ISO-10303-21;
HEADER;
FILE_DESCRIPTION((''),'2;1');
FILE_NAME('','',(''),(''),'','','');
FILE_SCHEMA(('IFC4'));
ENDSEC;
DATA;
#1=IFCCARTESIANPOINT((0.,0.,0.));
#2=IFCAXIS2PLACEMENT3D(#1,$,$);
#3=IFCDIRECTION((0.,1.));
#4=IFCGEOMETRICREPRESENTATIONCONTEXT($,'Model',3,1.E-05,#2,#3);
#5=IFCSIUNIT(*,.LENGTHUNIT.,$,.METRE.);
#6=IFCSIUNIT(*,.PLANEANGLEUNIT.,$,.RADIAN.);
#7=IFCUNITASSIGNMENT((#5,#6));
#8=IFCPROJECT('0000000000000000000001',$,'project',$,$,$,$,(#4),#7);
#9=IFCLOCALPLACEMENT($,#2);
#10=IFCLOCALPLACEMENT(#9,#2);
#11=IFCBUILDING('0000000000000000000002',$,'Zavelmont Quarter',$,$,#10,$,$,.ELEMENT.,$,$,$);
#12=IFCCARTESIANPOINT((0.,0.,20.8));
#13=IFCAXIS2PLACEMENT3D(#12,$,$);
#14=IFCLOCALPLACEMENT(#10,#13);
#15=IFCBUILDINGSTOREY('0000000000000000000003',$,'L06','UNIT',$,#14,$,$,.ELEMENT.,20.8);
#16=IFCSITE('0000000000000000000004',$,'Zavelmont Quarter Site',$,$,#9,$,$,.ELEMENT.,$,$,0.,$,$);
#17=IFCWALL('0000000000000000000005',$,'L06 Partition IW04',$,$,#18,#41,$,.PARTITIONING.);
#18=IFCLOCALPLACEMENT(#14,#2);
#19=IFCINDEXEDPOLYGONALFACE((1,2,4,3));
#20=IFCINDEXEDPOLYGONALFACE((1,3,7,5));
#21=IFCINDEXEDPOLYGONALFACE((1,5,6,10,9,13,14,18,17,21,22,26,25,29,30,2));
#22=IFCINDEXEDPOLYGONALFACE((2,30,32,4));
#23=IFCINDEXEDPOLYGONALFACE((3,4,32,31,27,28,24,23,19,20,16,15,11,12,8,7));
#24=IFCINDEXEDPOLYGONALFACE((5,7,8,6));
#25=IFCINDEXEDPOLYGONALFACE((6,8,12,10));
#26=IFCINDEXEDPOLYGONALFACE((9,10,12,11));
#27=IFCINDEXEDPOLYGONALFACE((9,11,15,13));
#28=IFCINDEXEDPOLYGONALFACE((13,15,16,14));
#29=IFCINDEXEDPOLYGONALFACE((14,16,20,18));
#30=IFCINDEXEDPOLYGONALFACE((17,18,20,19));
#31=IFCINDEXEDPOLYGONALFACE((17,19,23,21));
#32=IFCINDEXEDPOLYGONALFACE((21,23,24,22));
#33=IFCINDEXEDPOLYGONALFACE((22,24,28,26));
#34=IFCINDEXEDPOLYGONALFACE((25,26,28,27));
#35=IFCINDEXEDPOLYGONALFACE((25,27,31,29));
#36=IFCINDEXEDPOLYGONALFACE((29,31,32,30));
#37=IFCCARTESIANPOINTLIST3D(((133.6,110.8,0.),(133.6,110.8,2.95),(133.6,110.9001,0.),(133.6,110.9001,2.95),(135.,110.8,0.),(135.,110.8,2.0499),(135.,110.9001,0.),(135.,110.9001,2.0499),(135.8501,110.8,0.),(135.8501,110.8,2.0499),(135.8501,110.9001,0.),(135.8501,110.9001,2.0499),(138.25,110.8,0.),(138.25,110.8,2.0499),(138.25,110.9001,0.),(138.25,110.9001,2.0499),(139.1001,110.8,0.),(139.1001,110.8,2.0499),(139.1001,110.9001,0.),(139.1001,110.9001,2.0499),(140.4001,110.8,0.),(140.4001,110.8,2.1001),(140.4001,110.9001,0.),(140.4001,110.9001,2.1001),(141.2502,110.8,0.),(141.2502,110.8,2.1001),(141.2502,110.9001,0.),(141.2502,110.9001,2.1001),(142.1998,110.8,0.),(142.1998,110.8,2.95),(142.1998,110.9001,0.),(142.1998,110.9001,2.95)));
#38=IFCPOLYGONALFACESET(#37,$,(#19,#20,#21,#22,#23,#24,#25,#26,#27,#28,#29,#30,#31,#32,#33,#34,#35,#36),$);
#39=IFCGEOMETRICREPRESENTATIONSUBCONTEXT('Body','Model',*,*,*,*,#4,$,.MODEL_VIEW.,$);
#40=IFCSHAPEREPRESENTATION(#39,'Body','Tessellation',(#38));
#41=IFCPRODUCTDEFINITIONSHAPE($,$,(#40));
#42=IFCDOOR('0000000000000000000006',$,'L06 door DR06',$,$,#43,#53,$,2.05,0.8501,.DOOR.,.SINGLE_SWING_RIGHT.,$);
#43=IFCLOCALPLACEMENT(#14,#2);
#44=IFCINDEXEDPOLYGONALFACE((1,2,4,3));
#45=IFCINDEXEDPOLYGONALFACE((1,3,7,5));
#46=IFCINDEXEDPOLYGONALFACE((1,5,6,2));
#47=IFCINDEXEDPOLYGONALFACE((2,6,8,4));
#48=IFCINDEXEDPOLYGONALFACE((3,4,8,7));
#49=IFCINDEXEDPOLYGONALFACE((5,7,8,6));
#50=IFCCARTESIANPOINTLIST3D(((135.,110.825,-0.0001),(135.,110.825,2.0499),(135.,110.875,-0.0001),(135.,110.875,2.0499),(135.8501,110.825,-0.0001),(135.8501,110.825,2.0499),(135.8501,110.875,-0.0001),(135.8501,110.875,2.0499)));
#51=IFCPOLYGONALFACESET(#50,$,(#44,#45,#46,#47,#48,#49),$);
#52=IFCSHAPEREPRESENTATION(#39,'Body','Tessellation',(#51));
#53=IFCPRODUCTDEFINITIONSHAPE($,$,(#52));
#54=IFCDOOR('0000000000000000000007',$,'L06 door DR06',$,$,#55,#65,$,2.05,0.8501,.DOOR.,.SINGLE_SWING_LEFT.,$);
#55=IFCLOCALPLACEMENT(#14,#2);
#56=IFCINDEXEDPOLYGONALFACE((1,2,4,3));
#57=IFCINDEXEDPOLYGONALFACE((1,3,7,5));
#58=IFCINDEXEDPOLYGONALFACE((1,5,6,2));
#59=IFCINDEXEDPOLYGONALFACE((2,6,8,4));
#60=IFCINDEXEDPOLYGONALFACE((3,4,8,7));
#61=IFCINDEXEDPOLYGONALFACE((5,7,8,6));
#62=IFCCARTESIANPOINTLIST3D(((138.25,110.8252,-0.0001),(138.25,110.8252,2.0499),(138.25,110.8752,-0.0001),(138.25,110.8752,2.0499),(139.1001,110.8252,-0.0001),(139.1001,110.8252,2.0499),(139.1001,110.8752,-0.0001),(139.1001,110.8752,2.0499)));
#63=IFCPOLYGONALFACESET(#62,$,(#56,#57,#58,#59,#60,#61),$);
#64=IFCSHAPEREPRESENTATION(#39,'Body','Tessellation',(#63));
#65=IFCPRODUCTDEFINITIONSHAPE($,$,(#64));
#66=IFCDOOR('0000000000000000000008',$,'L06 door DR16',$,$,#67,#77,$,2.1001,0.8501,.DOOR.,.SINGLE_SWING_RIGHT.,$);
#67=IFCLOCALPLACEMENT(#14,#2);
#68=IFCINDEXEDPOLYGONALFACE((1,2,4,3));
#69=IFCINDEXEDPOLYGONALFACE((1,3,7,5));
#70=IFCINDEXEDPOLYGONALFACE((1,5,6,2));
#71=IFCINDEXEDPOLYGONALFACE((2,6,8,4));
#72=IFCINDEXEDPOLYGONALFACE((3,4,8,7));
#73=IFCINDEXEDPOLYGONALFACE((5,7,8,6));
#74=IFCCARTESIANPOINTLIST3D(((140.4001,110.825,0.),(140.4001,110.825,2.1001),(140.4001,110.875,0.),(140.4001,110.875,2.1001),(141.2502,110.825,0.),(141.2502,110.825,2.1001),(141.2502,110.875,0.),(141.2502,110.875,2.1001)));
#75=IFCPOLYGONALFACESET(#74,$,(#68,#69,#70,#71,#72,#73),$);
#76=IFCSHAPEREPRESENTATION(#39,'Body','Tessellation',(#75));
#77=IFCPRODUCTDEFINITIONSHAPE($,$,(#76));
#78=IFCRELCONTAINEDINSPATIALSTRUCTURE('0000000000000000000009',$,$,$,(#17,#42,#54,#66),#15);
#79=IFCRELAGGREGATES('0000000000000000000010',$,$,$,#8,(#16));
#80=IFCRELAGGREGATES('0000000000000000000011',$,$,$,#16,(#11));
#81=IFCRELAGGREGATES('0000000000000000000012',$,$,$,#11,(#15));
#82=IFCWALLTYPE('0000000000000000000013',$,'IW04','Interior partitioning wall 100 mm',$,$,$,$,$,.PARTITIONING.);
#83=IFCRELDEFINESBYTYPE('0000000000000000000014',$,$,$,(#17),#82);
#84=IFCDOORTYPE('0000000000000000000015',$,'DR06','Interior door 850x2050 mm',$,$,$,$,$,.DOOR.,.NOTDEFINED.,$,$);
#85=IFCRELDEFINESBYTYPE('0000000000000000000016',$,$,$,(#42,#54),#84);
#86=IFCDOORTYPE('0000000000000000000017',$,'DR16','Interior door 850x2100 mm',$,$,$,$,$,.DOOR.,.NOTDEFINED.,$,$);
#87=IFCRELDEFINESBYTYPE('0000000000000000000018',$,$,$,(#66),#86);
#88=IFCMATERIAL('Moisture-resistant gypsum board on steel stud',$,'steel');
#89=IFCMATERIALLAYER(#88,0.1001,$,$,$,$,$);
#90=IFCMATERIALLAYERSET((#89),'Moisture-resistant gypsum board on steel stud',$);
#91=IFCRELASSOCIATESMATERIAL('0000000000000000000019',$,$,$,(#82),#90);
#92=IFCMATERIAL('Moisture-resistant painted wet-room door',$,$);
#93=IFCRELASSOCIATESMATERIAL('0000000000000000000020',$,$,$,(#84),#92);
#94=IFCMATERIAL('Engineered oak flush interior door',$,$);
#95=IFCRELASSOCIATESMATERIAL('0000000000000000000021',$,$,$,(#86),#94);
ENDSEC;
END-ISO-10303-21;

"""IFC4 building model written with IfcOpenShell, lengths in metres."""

from ifc_helpers import new_model, si_unit, direction, frame, frame_2d, origin, origin_with_axes, place, context, subcontext, project, spatial, rectangle, extrude, material, layer, layer_set, type_object, element, fill, save


model = new_model("IFC4")

# Units and contexts
model_context = context("Model", 3, precision=1e-05, world=origin(), true_north=direction((0.0, 1.0)))
body_context = subcontext(model_context, "Body", "Model", "MODEL_VIEW")
ifc_project = project(units=[si_unit("LENGTHUNIT", "METRE"), si_unit("PLANEANGLEUNIT", "RADIAN")], contexts=[model_context])

# Site, building, storey
site_placement = place(None, origin())
site = spatial("IfcSite", under=ifc_project, at=site_placement, Name="Zavelmont Quarter Site", CompositionType="ELEMENT", RefElevation=0.0)
building_placement = place(site_placement, origin())
building = spatial("IfcBuilding", under=site, at=building_placement, Name="Zavelmont Quarter", CompositionType="ELEMENT")
storey_placement = place(building_placement, frame((0.0, 0.0, 20.8)))
storey = spatial("IfcBuildingStorey", under=building, at=storey_placement, Name="L06", Description="UNIT", CompositionType="ELEMENT", Elevation=20.8)

# Shared definitions
ifc_material_1 = material(Name="Engineered oak flush interior door")

# Shared definitions
ifc_material_2 = material(Name="Moisture-resistant gypsum board on steel stud", Category="steel")
ifc_layer_1 = layer(ifc_material_2, 0.1001)
ifc_layer_set_1 = layer_set([ifc_layer_1], Name="Moisture-resistant gypsum board on steel stud")
wall_type_1 = type_object("IfcWallType", Name="IW04", Description="Interior partitioning wall 100 mm", PredefinedType="PARTITIONING", material=ifc_layer_set_1)

# Wall, openings, doors
wall_1_placement = place(storey_placement, frame((133.6001, 110.8501, 0.0), z_axis=(0.0, 0.0, 1.0), x_axis=(1.0, 0.0, 0.0)))
wall_1 = element("IfcWall", 1, at=wall_1_placement, inside=storey, type_object=wall_type_1, Name="L06 Partition IW04", PredefinedType="PARTITIONING", context=body_context, shape_type="SweptSolid", body=[
    extrude(rectangle(XDim=8.5999, YDim=0.1001, at=frame_2d((4.2998, 0.0))), origin(), (0.0, 0.0, 1.0), 2.95),
])
opening_1_placement = place(wall_1_placement, frame((1.3999, 0.0, 0.0)))
opening_1 = element("IfcOpeningElement", 2, at=opening_1_placement, cuts=wall_1, PredefinedType="OPENING", context=body_context, shape_type="SweptSolid", body=[
    extrude(rectangle(XDim=0.8501, YDim=2.05, at=frame_2d((0.425, 1.0249))), frame((0.0, 0.062, 0.0), z_axis=(0.0, -1.0, 0.0), x_axis=(1.0, 0.0, 0.0)), (0.0, 0.0, 1.0), 0.124),
])
opening_2_placement = place(wall_1_placement, frame((4.6499, 0.0, 0.0)))
opening_2 = element("IfcOpeningElement", 3, at=opening_2_placement, cuts=wall_1, PredefinedType="OPENING", context=body_context, shape_type="SweptSolid", body=[
    extrude(rectangle(XDim=0.8501, YDim=2.05, at=frame_2d((0.425, 1.0249))), frame((0.0, 0.062, 0.0), z_axis=(0.0, -1.0, 0.0), x_axis=(1.0, 0.0, 0.0)), (0.0, 0.0, 1.0), 0.124),
])
opening_3_placement = place(wall_1_placement, frame((6.8, 0.0, 0.0)))
opening_3 = element("IfcOpeningElement", 4, at=opening_3_placement, cuts=wall_1, PredefinedType="OPENING", context=body_context, shape_type="SweptSolid", body=[
    extrude(rectangle(XDim=0.8501, YDim=2.1001, at=frame_2d((0.425, 1.05))), frame((0.0, 0.062, 0.0), z_axis=(0.0, -1.0, 0.0), x_axis=(1.0, 0.0, 0.0)), (0.0, 0.0, 1.0), 0.124),
])
ifc_material_3 = material(Name="Moisture-resistant painted wet-room door")
door_type_1 = type_object("IfcDoorType", Name="DR06", Description="Interior door 850x2050 mm", OperationType="NOTDEFINED", PredefinedType="DOOR", material=ifc_material_3)
door_1_placement = place(opening_1_placement, origin_with_axes())
door_1 = element("IfcDoor", 5, at=door_1_placement, inside=storey, type_object=door_type_1, Name="L06 door DR06", OperationType="SINGLE_SWING_RIGHT", OverallHeight=2.05, OverallWidth=0.8501, PredefinedType="DOOR", context=body_context, shape_type="SweptSolid", body=[
    extrude(rectangle(XDim=0.8501, YDim=2.05, at=frame_2d((0.425, 1.0249))), frame((0.0, 0.0249, 0.0), z_axis=(0.0, -1.0, 0.0), x_axis=(1.0, 0.0, 0.0)), (0.0, 0.0, 1.0), 0.05),
])
fill(opening_1, door_1)
door_2_placement = place(opening_2_placement, frame((0.8501, 0.0, 0.0), z_axis=(0.0, 0.0, 1.0), x_axis=(-1.0, 0.0, 0.0)))
door_2 = element("IfcDoor", 6, at=door_2_placement, inside=storey, type_object=door_type_1, Name="L06 door DR06", OperationType="SINGLE_SWING_LEFT", OverallHeight=2.05, OverallWidth=0.8501, PredefinedType="DOOR", context=body_context, shape_type="SweptSolid", body=[
    extrude(rectangle(XDim=0.8501, YDim=2.05, at=frame_2d((0.425, 1.0249))), frame((0.0, 0.0249, 0.0), z_axis=(0.0, -1.0, 0.0), x_axis=(1.0, 0.0, 0.0)), (0.0, 0.0, 1.0), 0.05),
])
fill(opening_2, door_2)
door_type_2 = type_object("IfcDoorType", Name="DR16", Description="Interior door 850x2100 mm", OperationType="NOTDEFINED", PredefinedType="DOOR", material=ifc_material_1)
door_3_placement = place(opening_3_placement, origin_with_axes())
door_3 = element("IfcDoor", 7, at=door_3_placement, inside=storey, type_object=door_type_2, Name="L06 door DR16", OperationType="SINGLE_SWING_RIGHT", OverallHeight=2.1001, OverallWidth=0.8501, PredefinedType="DOOR", context=body_context, shape_type="SweptSolid", body=[
    extrude(rectangle(XDim=0.8501, YDim=2.1001, at=frame_2d((0.425, 1.05))), frame((0.0, 0.0249, 0.0), z_axis=(0.0, -1.0, 0.0), x_axis=(1.0, 0.0, 0.0)), (0.0, 0.0, 1.0), 0.05),
])
fill(opening_3, door_3)

save(model, "model.ifc")
